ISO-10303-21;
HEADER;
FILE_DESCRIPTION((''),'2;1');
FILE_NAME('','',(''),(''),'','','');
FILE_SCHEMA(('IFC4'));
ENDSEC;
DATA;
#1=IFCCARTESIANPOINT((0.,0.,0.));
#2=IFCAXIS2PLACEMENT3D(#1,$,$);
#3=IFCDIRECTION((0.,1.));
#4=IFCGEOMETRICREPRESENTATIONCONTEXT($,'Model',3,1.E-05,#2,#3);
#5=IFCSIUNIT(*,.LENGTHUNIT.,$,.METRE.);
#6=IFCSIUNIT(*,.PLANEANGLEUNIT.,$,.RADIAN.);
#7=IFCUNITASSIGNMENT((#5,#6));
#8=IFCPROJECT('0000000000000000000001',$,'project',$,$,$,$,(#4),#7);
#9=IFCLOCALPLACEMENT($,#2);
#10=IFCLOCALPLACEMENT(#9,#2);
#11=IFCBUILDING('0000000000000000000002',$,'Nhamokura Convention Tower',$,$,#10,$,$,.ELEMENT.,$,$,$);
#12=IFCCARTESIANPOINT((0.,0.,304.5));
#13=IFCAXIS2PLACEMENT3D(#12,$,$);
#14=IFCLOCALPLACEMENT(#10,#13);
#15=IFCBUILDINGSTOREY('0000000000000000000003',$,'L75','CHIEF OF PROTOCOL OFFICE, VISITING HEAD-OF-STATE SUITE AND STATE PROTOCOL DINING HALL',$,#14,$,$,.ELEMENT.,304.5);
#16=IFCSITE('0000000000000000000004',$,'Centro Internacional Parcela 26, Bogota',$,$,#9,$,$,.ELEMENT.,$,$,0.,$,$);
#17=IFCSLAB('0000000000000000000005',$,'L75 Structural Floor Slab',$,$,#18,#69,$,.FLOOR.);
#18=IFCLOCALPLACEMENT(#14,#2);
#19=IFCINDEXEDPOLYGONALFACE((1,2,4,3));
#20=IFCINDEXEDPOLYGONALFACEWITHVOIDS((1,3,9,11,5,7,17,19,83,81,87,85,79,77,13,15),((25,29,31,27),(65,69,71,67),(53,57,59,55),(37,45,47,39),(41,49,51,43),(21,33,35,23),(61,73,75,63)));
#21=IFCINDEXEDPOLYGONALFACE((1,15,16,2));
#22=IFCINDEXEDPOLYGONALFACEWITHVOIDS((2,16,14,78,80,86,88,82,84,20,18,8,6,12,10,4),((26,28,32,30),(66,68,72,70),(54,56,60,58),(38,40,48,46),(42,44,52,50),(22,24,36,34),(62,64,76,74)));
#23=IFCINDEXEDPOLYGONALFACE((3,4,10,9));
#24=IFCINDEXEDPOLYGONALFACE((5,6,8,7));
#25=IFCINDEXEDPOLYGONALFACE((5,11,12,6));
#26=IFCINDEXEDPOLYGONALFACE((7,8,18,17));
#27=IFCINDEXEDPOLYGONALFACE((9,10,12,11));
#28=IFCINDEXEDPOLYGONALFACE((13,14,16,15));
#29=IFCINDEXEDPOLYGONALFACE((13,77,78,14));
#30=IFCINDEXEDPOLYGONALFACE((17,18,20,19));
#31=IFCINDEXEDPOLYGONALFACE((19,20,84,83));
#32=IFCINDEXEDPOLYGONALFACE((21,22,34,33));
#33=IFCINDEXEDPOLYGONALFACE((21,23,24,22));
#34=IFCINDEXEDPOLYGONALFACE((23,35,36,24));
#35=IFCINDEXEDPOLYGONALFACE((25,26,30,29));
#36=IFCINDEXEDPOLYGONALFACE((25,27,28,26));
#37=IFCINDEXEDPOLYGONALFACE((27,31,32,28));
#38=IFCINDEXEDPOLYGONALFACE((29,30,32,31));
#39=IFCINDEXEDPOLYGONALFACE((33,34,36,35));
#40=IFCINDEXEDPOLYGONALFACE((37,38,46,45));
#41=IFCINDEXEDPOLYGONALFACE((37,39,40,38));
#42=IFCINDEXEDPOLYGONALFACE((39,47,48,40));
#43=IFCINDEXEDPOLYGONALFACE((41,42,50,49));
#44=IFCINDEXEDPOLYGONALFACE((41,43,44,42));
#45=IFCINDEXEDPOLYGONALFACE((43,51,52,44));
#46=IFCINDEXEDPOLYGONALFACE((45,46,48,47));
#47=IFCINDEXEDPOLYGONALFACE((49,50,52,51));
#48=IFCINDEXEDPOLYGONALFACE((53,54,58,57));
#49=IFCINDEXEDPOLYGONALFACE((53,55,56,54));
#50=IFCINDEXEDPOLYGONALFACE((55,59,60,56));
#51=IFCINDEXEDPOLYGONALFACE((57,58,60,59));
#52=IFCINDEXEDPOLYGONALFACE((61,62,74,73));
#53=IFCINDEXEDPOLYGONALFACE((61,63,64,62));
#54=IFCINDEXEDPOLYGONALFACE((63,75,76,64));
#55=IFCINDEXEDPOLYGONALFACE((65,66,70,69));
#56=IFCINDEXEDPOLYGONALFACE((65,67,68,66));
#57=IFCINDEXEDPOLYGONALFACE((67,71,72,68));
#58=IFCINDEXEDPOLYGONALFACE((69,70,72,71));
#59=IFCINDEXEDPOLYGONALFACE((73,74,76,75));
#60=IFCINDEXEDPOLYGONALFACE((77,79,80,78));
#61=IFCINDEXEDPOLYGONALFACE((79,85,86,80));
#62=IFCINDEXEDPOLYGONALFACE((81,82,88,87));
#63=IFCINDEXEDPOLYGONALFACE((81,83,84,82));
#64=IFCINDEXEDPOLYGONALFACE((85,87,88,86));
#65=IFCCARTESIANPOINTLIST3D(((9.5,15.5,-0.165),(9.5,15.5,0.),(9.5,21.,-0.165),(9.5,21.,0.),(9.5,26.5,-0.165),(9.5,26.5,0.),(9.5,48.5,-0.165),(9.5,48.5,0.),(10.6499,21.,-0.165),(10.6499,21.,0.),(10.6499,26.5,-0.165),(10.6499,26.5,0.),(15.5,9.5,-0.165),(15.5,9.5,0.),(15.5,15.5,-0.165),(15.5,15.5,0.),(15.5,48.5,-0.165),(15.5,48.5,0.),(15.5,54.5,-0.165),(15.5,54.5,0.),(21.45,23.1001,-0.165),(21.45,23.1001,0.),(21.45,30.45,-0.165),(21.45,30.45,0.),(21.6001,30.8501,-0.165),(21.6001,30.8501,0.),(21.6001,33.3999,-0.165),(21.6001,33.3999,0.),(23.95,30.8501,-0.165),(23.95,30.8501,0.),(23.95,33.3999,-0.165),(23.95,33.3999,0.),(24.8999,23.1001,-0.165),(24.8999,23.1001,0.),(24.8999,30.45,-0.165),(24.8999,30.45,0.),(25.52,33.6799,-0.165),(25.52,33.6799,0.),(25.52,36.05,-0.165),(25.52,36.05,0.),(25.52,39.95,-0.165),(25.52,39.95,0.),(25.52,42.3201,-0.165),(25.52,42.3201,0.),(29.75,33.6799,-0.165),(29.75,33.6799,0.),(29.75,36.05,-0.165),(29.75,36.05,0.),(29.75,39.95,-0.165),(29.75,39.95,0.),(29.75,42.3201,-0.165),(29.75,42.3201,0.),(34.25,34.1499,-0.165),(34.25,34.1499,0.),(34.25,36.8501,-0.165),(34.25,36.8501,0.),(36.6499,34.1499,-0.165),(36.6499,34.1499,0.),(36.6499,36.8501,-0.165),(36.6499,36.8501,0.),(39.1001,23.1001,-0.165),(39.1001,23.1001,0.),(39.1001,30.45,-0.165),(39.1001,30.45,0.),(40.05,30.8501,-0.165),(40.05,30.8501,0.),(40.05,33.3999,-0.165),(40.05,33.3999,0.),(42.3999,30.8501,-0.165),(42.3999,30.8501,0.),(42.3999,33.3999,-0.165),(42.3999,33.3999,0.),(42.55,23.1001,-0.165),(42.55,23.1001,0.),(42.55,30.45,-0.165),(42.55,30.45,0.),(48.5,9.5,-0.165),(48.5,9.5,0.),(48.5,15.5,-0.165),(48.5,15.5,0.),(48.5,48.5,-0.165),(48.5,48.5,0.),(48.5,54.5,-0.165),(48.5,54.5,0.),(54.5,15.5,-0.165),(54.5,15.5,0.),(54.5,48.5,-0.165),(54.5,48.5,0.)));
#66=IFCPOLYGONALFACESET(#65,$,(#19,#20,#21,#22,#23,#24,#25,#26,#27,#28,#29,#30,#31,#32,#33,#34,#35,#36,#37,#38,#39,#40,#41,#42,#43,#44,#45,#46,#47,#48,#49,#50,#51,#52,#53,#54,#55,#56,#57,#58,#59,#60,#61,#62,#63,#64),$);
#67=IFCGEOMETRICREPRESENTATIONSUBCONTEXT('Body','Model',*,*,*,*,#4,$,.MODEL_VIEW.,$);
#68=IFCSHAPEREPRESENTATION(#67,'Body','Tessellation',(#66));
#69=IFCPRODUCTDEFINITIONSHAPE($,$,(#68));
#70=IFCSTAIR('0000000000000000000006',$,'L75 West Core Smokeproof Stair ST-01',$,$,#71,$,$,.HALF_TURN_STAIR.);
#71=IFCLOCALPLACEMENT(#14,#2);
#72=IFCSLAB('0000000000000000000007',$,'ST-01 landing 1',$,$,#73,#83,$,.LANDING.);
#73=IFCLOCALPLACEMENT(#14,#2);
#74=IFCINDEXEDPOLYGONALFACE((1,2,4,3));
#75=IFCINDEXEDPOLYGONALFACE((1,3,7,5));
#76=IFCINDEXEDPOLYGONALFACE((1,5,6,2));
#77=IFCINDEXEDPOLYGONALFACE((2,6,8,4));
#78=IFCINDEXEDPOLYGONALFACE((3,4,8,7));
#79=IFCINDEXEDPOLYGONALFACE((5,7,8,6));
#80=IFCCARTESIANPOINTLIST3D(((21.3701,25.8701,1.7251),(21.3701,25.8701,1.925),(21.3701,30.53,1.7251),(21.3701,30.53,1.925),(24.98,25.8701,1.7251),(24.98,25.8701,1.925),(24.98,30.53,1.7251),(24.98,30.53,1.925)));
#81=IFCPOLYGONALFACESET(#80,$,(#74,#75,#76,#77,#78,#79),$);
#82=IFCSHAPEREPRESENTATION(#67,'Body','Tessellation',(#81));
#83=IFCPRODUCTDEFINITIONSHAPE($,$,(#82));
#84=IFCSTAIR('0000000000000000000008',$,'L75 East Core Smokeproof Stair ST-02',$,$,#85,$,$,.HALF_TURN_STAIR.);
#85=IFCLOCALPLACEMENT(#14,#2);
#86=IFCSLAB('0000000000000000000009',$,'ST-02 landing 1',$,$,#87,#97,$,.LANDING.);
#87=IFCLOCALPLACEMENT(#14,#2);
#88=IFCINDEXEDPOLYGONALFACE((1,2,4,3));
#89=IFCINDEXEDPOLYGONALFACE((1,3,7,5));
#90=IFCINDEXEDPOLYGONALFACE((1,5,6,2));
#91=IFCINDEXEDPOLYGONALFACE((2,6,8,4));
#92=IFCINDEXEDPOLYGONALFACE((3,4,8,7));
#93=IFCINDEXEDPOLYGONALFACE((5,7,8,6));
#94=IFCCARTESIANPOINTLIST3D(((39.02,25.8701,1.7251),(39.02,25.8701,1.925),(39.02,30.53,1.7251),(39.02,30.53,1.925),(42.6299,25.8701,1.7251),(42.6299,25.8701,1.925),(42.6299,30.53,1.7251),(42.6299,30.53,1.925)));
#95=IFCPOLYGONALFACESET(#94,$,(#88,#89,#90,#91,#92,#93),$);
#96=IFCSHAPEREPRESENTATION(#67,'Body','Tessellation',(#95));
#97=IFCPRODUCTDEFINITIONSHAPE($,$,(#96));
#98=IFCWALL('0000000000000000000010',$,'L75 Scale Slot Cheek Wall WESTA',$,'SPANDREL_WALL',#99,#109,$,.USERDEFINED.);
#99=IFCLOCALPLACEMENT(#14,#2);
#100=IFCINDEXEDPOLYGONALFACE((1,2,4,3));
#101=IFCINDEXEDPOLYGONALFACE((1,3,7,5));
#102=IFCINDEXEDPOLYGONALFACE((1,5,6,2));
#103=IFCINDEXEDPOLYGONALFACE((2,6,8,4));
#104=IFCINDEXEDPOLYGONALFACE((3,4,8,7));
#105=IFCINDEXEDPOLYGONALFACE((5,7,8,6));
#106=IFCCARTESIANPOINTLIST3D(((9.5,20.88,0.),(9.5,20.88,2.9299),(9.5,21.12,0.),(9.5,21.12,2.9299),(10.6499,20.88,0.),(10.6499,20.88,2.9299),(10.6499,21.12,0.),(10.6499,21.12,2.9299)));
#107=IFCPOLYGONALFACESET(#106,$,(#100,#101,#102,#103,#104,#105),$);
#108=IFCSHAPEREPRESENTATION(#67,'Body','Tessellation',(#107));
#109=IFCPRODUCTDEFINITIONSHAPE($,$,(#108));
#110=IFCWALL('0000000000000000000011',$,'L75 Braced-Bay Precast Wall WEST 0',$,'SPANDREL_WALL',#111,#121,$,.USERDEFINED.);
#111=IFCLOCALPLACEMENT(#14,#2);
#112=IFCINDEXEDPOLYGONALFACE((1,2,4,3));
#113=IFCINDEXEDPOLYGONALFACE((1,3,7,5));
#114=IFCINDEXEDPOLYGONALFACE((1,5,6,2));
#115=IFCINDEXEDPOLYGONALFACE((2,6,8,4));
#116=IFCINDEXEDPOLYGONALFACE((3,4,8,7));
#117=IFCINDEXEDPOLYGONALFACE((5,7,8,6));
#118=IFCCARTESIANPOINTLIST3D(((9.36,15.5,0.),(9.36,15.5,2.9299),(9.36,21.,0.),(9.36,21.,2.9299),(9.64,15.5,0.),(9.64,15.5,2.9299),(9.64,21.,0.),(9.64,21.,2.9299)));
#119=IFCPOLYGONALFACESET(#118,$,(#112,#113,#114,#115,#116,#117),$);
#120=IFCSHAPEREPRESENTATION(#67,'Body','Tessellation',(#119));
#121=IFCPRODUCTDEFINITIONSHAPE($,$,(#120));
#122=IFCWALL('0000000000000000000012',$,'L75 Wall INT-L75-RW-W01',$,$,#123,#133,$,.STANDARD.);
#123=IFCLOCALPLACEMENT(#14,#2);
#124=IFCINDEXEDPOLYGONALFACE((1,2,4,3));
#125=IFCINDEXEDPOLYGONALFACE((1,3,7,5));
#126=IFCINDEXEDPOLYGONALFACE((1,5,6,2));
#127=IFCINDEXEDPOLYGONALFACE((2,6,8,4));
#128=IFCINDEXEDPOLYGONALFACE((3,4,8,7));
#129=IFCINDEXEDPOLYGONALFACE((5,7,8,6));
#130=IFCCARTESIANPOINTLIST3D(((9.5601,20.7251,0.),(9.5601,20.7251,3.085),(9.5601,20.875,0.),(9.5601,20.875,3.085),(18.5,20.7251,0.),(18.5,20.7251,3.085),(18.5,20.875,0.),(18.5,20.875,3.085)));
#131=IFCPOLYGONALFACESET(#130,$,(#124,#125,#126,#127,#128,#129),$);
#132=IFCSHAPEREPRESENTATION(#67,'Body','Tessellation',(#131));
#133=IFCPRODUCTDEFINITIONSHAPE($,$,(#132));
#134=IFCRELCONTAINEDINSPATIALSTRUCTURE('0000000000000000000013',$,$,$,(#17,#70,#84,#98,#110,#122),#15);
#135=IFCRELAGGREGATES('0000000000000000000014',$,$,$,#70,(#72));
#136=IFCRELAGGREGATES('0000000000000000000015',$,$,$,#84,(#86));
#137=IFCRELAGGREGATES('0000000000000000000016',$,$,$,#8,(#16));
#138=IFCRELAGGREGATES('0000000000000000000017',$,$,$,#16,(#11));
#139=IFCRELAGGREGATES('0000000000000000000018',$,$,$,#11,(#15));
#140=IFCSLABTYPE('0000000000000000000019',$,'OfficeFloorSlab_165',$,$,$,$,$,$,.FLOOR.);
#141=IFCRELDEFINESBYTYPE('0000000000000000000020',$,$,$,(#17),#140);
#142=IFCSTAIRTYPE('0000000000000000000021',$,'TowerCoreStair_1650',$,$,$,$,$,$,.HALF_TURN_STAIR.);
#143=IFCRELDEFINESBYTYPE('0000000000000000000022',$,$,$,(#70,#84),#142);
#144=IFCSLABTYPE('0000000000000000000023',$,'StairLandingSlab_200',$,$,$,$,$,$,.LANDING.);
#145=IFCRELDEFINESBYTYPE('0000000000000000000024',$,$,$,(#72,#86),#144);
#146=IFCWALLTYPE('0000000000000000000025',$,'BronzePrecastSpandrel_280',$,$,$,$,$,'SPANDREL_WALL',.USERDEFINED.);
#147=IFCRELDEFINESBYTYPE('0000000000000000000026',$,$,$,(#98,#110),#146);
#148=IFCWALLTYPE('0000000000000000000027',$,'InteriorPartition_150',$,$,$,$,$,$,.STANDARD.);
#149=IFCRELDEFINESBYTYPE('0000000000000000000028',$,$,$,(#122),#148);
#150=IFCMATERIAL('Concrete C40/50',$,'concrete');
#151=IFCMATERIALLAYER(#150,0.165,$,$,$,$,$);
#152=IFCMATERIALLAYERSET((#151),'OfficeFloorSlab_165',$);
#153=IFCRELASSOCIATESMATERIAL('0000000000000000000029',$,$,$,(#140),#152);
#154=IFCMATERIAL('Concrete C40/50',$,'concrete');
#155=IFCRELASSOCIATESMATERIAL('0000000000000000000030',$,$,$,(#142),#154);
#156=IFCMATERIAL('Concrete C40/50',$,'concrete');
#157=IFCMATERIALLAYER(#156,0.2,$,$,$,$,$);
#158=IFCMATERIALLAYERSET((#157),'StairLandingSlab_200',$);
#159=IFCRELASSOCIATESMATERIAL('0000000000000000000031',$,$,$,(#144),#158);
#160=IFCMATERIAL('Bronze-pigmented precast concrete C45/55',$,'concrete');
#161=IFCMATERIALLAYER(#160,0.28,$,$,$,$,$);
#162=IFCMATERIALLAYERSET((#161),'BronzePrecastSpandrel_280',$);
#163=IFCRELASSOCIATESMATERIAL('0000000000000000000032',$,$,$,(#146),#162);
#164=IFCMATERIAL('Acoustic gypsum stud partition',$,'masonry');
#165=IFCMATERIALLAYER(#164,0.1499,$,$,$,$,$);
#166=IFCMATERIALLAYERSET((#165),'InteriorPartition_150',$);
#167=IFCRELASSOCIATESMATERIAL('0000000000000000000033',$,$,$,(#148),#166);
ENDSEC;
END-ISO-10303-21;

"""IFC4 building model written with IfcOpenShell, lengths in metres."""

from ifc_helpers import new_model, si_unit, direction, frame, frame_2d, origin, place, context, subcontext, project, spatial, polyline, rectangle, outline, extrude, material, layer, layer_set, type_object, element, aggregate, save


model = new_model("IFC4")

# Units and contexts
model_context = context("Model", 3, precision=1e-05, world=origin(), true_north=direction((0.0, 1.0)))
body_context = subcontext(model_context, "Body", "Model", "MODEL_VIEW")
ifc_project = project(units=[si_unit("LENGTHUNIT", "METRE"), si_unit("PLANEANGLEUNIT", "RADIAN")], contexts=[model_context])

# Site, building, storey
site_placement = place(None, origin())
site = spatial("IfcSite", under=ifc_project, at=site_placement, Name="Centro Internacional Parcela 26, Bogota", CompositionType="ELEMENT", RefElevation=0.0)
building_placement = place(site_placement, origin())
building = spatial("IfcBuilding", under=site, at=building_placement, Name="Nhamokura Convention Tower", CompositionType="ELEMENT")
storey_placement = place(building_placement, frame((0.0, 0.0, 304.5)))
storey = spatial("IfcBuildingStorey", under=building, at=storey_placement, Name="L75", Description="CHIEF OF PROTOCOL OFFICE, VISITING HEAD-OF-STATE SUITE AND STATE PROTOCOL DINING HALL", CompositionType="ELEMENT", Elevation=304.5)

# Slab
ifc_material_1 = material(Name="Concrete C40/50", Category="concrete")
ifc_layer_1 = layer(ifc_material_1, 0.165)
ifc_layer_set_1 = layer_set([ifc_layer_1], Name="OfficeFloorSlab_165")
slab_type_1 = type_object("IfcSlabType", Name="OfficeFloorSlab_165", PredefinedType="FLOOR", material=ifc_layer_set_1)
slab_1_placement = place(storey_placement, frame((0.0, 0.0, -0.165)))
element("IfcSlab", 1, at=slab_1_placement, inside=storey, type_object=slab_type_1, Name="L75 Structural Floor Slab", PredefinedType="FLOOR", context=body_context, shape_type="SweptSolid", body=[
    extrude(outline(polyline([(15.5, 9.5), (48.5, 9.5), (48.5, 15.5), (54.5, 15.5), (54.5, 48.5), (48.5, 48.5), (48.5, 54.5), (15.5, 54.5), (15.5, 48.5), (9.5, 48.5), (9.5, 26.5), (10.6499, 26.5), (10.6499, 21.0), (9.5, 21.0), (9.5, 15.5), (15.5, 15.5), (15.5, 9.5)]), holes=[polyline([(24.8999, 23.1001), (24.8999, 30.45), (21.45, 30.45), (21.45, 23.1001), (24.8999, 23.1001)]), polyline([(42.55, 23.1001), (42.55, 30.45), (39.1001, 30.45), (39.1001, 23.1001), (42.55, 23.1001)]), polyline([(21.6001, 30.8501), (23.95, 30.8501), (23.95, 33.3999), (21.6001, 33.3999), (21.6001, 30.8501)]), polyline([(40.05, 30.8501), (42.3999, 30.8501), (42.3999, 33.3999), (40.05, 33.3999), (40.05, 30.8501)]), polyline([(34.25, 34.1499), (36.6499, 34.1499), (36.6499, 36.8501), (34.25, 36.8501), (34.25, 34.1499)]), polyline([(25.52, 33.6799), (29.75, 33.6799), (29.75, 36.05), (25.52, 36.05), (25.52, 33.6799)]), polyline([(25.52, 39.95), (29.75, 39.95), (29.75, 42.3201), (25.52, 42.3201), (25.52, 39.95)])]), origin(), (0.0, 0.0, 1.0), 0.165),
])

# Stairs, slabs
ifc_material_2 = material(Name="Concrete C40/50", Category="concrete")
stair_type = type_object("IfcStairType", Name="TowerCoreStair_1650", PredefinedType="HALF_TURN_STAIR", material=ifc_material_2)
stair_1_placement = place(storey_placement, origin())
stair_1 = element("IfcStair", 2, at=stair_1_placement, inside=storey, type_object=stair_type, Name="L75 West Core Smokeproof Stair ST-01", PredefinedType="HALF_TURN_STAIR")
ifc_material_3 = material(Name="Concrete C40/50", Category="concrete")
ifc_layer_2 = layer(ifc_material_3, 0.2)
ifc_layer_set_2 = layer_set([ifc_layer_2], Name="StairLandingSlab_200")
slab_type_2 = type_object("IfcSlabType", Name="StairLandingSlab_200", PredefinedType="LANDING", material=ifc_layer_set_2)
slab_2_placement = place(storey_placement, frame((0.0, 0.0, 1.7251)))
slab_2 = element("IfcSlab", 3, at=slab_2_placement, type_object=slab_type_2, Name="ST-01 landing 1", PredefinedType="LANDING", context=body_context, shape_type="SweptSolid", body=[
    extrude(outline(polyline([(24.98, 25.8701), (24.98, 30.53), (21.3701, 30.53), (21.3701, 25.8701), (24.98, 25.8701)])), origin(), (0.0, 0.0, 1.0), 0.2),
])
aggregate(stair_1, [slab_2])
stair_2_placement = place(storey_placement, origin())
stair_2 = element("IfcStair", 4, at=stair_2_placement, inside=storey, type_object=stair_type, Name="L75 East Core Smokeproof Stair ST-02", PredefinedType="HALF_TURN_STAIR")
slab_3_placement = place(storey_placement, frame((0.0, 0.0, 1.7251)))
slab_3 = element("IfcSlab", 5, at=slab_3_placement, type_object=slab_type_2, Name="ST-02 landing 1", PredefinedType="LANDING", context=body_context, shape_type="SweptSolid", body=[
    extrude(outline(polyline([(42.6299, 25.8701), (42.6299, 30.53), (39.02, 30.53), (39.02, 25.8701), (42.6299, 25.8701)])), origin(), (0.0, 0.0, 1.0), 0.2),
])
aggregate(stair_2, [slab_3])

# Walls
ifc_material_4 = material(Name="Bronze-pigmented precast concrete C45/55", Category="concrete")
ifc_layer_3 = layer(ifc_material_4, 0.28)
ifc_layer_set_3 = layer_set([ifc_layer_3], Name="BronzePrecastSpandrel_280")
wall_type_1 = type_object("IfcWallType", Name="BronzePrecastSpandrel_280", ElementType="SPANDREL_WALL", PredefinedType="USERDEFINED", material=ifc_layer_set_3)
wall_1_placement = place(storey_placement, frame((9.5, 21.0, 0.0), z_axis=(0.0, 0.0, 1.0), x_axis=(1.0, 0.0, 0.0)))
element("IfcWall", 6, at=wall_1_placement, inside=storey, type_object=wall_type_1, Name="L75 Scale Slot Cheek Wall WESTA", ObjectType="SPANDREL_WALL", PredefinedType="USERDEFINED", context=body_context, shape_type="SweptSolid", body=[
    extrude(rectangle(XDim=1.1499, YDim=0.24, at=frame_2d((0.575, 0.0))), origin(), (0.0, 0.0, 1.0), 2.9299),
])
wall_2_placement = place(storey_placement, frame((9.5, 15.5, 0.0), z_axis=(0.0, 0.0, 1.0), x_axis=(0.0, 1.0, 0.0)))
element("IfcWall", 7, at=wall_2_placement, inside=storey, type_object=wall_type_1, Name="L75 Braced-Bay Precast Wall WEST 0", ObjectType="SPANDREL_WALL", PredefinedType="USERDEFINED", context=body_context, shape_type="SweptSolid", body=[
    extrude(rectangle(XDim=5.5, YDim=0.28, at=frame_2d((2.75, 0.0))), origin(), (0.0, 0.0, 1.0), 2.9299),
])
ifc_material_5 = material(Name="Acoustic gypsum stud partition", Category="masonry")
ifc_layer_4 = layer(ifc_material_5, 0.1499)
ifc_layer_set_4 = layer_set([ifc_layer_4], Name="InteriorPartition_150")
wall_type_2 = type_object("IfcWallType", Name="InteriorPartition_150", PredefinedType="STANDARD", material=ifc_layer_set_4)
wall_3_placement = place(storey_placement, frame((9.5601, 20.8, 0.0), z_axis=(0.0, 0.0, 1.0), x_axis=(1.0, 0.0, 0.0)))
element("IfcWall", 8, at=wall_3_placement, inside=storey, type_object=wall_type_2, Name="L75 Wall INT-L75-RW-W01", PredefinedType="STANDARD", context=body_context, shape_type="SweptSolid", body=[
    extrude(rectangle(XDim=8.9399, YDim=0.1499, at=frame_2d((4.47, 0.0))), origin(), (0.0, 0.0, 1.0), 3.085),
])

save(model, "model.ifc")
